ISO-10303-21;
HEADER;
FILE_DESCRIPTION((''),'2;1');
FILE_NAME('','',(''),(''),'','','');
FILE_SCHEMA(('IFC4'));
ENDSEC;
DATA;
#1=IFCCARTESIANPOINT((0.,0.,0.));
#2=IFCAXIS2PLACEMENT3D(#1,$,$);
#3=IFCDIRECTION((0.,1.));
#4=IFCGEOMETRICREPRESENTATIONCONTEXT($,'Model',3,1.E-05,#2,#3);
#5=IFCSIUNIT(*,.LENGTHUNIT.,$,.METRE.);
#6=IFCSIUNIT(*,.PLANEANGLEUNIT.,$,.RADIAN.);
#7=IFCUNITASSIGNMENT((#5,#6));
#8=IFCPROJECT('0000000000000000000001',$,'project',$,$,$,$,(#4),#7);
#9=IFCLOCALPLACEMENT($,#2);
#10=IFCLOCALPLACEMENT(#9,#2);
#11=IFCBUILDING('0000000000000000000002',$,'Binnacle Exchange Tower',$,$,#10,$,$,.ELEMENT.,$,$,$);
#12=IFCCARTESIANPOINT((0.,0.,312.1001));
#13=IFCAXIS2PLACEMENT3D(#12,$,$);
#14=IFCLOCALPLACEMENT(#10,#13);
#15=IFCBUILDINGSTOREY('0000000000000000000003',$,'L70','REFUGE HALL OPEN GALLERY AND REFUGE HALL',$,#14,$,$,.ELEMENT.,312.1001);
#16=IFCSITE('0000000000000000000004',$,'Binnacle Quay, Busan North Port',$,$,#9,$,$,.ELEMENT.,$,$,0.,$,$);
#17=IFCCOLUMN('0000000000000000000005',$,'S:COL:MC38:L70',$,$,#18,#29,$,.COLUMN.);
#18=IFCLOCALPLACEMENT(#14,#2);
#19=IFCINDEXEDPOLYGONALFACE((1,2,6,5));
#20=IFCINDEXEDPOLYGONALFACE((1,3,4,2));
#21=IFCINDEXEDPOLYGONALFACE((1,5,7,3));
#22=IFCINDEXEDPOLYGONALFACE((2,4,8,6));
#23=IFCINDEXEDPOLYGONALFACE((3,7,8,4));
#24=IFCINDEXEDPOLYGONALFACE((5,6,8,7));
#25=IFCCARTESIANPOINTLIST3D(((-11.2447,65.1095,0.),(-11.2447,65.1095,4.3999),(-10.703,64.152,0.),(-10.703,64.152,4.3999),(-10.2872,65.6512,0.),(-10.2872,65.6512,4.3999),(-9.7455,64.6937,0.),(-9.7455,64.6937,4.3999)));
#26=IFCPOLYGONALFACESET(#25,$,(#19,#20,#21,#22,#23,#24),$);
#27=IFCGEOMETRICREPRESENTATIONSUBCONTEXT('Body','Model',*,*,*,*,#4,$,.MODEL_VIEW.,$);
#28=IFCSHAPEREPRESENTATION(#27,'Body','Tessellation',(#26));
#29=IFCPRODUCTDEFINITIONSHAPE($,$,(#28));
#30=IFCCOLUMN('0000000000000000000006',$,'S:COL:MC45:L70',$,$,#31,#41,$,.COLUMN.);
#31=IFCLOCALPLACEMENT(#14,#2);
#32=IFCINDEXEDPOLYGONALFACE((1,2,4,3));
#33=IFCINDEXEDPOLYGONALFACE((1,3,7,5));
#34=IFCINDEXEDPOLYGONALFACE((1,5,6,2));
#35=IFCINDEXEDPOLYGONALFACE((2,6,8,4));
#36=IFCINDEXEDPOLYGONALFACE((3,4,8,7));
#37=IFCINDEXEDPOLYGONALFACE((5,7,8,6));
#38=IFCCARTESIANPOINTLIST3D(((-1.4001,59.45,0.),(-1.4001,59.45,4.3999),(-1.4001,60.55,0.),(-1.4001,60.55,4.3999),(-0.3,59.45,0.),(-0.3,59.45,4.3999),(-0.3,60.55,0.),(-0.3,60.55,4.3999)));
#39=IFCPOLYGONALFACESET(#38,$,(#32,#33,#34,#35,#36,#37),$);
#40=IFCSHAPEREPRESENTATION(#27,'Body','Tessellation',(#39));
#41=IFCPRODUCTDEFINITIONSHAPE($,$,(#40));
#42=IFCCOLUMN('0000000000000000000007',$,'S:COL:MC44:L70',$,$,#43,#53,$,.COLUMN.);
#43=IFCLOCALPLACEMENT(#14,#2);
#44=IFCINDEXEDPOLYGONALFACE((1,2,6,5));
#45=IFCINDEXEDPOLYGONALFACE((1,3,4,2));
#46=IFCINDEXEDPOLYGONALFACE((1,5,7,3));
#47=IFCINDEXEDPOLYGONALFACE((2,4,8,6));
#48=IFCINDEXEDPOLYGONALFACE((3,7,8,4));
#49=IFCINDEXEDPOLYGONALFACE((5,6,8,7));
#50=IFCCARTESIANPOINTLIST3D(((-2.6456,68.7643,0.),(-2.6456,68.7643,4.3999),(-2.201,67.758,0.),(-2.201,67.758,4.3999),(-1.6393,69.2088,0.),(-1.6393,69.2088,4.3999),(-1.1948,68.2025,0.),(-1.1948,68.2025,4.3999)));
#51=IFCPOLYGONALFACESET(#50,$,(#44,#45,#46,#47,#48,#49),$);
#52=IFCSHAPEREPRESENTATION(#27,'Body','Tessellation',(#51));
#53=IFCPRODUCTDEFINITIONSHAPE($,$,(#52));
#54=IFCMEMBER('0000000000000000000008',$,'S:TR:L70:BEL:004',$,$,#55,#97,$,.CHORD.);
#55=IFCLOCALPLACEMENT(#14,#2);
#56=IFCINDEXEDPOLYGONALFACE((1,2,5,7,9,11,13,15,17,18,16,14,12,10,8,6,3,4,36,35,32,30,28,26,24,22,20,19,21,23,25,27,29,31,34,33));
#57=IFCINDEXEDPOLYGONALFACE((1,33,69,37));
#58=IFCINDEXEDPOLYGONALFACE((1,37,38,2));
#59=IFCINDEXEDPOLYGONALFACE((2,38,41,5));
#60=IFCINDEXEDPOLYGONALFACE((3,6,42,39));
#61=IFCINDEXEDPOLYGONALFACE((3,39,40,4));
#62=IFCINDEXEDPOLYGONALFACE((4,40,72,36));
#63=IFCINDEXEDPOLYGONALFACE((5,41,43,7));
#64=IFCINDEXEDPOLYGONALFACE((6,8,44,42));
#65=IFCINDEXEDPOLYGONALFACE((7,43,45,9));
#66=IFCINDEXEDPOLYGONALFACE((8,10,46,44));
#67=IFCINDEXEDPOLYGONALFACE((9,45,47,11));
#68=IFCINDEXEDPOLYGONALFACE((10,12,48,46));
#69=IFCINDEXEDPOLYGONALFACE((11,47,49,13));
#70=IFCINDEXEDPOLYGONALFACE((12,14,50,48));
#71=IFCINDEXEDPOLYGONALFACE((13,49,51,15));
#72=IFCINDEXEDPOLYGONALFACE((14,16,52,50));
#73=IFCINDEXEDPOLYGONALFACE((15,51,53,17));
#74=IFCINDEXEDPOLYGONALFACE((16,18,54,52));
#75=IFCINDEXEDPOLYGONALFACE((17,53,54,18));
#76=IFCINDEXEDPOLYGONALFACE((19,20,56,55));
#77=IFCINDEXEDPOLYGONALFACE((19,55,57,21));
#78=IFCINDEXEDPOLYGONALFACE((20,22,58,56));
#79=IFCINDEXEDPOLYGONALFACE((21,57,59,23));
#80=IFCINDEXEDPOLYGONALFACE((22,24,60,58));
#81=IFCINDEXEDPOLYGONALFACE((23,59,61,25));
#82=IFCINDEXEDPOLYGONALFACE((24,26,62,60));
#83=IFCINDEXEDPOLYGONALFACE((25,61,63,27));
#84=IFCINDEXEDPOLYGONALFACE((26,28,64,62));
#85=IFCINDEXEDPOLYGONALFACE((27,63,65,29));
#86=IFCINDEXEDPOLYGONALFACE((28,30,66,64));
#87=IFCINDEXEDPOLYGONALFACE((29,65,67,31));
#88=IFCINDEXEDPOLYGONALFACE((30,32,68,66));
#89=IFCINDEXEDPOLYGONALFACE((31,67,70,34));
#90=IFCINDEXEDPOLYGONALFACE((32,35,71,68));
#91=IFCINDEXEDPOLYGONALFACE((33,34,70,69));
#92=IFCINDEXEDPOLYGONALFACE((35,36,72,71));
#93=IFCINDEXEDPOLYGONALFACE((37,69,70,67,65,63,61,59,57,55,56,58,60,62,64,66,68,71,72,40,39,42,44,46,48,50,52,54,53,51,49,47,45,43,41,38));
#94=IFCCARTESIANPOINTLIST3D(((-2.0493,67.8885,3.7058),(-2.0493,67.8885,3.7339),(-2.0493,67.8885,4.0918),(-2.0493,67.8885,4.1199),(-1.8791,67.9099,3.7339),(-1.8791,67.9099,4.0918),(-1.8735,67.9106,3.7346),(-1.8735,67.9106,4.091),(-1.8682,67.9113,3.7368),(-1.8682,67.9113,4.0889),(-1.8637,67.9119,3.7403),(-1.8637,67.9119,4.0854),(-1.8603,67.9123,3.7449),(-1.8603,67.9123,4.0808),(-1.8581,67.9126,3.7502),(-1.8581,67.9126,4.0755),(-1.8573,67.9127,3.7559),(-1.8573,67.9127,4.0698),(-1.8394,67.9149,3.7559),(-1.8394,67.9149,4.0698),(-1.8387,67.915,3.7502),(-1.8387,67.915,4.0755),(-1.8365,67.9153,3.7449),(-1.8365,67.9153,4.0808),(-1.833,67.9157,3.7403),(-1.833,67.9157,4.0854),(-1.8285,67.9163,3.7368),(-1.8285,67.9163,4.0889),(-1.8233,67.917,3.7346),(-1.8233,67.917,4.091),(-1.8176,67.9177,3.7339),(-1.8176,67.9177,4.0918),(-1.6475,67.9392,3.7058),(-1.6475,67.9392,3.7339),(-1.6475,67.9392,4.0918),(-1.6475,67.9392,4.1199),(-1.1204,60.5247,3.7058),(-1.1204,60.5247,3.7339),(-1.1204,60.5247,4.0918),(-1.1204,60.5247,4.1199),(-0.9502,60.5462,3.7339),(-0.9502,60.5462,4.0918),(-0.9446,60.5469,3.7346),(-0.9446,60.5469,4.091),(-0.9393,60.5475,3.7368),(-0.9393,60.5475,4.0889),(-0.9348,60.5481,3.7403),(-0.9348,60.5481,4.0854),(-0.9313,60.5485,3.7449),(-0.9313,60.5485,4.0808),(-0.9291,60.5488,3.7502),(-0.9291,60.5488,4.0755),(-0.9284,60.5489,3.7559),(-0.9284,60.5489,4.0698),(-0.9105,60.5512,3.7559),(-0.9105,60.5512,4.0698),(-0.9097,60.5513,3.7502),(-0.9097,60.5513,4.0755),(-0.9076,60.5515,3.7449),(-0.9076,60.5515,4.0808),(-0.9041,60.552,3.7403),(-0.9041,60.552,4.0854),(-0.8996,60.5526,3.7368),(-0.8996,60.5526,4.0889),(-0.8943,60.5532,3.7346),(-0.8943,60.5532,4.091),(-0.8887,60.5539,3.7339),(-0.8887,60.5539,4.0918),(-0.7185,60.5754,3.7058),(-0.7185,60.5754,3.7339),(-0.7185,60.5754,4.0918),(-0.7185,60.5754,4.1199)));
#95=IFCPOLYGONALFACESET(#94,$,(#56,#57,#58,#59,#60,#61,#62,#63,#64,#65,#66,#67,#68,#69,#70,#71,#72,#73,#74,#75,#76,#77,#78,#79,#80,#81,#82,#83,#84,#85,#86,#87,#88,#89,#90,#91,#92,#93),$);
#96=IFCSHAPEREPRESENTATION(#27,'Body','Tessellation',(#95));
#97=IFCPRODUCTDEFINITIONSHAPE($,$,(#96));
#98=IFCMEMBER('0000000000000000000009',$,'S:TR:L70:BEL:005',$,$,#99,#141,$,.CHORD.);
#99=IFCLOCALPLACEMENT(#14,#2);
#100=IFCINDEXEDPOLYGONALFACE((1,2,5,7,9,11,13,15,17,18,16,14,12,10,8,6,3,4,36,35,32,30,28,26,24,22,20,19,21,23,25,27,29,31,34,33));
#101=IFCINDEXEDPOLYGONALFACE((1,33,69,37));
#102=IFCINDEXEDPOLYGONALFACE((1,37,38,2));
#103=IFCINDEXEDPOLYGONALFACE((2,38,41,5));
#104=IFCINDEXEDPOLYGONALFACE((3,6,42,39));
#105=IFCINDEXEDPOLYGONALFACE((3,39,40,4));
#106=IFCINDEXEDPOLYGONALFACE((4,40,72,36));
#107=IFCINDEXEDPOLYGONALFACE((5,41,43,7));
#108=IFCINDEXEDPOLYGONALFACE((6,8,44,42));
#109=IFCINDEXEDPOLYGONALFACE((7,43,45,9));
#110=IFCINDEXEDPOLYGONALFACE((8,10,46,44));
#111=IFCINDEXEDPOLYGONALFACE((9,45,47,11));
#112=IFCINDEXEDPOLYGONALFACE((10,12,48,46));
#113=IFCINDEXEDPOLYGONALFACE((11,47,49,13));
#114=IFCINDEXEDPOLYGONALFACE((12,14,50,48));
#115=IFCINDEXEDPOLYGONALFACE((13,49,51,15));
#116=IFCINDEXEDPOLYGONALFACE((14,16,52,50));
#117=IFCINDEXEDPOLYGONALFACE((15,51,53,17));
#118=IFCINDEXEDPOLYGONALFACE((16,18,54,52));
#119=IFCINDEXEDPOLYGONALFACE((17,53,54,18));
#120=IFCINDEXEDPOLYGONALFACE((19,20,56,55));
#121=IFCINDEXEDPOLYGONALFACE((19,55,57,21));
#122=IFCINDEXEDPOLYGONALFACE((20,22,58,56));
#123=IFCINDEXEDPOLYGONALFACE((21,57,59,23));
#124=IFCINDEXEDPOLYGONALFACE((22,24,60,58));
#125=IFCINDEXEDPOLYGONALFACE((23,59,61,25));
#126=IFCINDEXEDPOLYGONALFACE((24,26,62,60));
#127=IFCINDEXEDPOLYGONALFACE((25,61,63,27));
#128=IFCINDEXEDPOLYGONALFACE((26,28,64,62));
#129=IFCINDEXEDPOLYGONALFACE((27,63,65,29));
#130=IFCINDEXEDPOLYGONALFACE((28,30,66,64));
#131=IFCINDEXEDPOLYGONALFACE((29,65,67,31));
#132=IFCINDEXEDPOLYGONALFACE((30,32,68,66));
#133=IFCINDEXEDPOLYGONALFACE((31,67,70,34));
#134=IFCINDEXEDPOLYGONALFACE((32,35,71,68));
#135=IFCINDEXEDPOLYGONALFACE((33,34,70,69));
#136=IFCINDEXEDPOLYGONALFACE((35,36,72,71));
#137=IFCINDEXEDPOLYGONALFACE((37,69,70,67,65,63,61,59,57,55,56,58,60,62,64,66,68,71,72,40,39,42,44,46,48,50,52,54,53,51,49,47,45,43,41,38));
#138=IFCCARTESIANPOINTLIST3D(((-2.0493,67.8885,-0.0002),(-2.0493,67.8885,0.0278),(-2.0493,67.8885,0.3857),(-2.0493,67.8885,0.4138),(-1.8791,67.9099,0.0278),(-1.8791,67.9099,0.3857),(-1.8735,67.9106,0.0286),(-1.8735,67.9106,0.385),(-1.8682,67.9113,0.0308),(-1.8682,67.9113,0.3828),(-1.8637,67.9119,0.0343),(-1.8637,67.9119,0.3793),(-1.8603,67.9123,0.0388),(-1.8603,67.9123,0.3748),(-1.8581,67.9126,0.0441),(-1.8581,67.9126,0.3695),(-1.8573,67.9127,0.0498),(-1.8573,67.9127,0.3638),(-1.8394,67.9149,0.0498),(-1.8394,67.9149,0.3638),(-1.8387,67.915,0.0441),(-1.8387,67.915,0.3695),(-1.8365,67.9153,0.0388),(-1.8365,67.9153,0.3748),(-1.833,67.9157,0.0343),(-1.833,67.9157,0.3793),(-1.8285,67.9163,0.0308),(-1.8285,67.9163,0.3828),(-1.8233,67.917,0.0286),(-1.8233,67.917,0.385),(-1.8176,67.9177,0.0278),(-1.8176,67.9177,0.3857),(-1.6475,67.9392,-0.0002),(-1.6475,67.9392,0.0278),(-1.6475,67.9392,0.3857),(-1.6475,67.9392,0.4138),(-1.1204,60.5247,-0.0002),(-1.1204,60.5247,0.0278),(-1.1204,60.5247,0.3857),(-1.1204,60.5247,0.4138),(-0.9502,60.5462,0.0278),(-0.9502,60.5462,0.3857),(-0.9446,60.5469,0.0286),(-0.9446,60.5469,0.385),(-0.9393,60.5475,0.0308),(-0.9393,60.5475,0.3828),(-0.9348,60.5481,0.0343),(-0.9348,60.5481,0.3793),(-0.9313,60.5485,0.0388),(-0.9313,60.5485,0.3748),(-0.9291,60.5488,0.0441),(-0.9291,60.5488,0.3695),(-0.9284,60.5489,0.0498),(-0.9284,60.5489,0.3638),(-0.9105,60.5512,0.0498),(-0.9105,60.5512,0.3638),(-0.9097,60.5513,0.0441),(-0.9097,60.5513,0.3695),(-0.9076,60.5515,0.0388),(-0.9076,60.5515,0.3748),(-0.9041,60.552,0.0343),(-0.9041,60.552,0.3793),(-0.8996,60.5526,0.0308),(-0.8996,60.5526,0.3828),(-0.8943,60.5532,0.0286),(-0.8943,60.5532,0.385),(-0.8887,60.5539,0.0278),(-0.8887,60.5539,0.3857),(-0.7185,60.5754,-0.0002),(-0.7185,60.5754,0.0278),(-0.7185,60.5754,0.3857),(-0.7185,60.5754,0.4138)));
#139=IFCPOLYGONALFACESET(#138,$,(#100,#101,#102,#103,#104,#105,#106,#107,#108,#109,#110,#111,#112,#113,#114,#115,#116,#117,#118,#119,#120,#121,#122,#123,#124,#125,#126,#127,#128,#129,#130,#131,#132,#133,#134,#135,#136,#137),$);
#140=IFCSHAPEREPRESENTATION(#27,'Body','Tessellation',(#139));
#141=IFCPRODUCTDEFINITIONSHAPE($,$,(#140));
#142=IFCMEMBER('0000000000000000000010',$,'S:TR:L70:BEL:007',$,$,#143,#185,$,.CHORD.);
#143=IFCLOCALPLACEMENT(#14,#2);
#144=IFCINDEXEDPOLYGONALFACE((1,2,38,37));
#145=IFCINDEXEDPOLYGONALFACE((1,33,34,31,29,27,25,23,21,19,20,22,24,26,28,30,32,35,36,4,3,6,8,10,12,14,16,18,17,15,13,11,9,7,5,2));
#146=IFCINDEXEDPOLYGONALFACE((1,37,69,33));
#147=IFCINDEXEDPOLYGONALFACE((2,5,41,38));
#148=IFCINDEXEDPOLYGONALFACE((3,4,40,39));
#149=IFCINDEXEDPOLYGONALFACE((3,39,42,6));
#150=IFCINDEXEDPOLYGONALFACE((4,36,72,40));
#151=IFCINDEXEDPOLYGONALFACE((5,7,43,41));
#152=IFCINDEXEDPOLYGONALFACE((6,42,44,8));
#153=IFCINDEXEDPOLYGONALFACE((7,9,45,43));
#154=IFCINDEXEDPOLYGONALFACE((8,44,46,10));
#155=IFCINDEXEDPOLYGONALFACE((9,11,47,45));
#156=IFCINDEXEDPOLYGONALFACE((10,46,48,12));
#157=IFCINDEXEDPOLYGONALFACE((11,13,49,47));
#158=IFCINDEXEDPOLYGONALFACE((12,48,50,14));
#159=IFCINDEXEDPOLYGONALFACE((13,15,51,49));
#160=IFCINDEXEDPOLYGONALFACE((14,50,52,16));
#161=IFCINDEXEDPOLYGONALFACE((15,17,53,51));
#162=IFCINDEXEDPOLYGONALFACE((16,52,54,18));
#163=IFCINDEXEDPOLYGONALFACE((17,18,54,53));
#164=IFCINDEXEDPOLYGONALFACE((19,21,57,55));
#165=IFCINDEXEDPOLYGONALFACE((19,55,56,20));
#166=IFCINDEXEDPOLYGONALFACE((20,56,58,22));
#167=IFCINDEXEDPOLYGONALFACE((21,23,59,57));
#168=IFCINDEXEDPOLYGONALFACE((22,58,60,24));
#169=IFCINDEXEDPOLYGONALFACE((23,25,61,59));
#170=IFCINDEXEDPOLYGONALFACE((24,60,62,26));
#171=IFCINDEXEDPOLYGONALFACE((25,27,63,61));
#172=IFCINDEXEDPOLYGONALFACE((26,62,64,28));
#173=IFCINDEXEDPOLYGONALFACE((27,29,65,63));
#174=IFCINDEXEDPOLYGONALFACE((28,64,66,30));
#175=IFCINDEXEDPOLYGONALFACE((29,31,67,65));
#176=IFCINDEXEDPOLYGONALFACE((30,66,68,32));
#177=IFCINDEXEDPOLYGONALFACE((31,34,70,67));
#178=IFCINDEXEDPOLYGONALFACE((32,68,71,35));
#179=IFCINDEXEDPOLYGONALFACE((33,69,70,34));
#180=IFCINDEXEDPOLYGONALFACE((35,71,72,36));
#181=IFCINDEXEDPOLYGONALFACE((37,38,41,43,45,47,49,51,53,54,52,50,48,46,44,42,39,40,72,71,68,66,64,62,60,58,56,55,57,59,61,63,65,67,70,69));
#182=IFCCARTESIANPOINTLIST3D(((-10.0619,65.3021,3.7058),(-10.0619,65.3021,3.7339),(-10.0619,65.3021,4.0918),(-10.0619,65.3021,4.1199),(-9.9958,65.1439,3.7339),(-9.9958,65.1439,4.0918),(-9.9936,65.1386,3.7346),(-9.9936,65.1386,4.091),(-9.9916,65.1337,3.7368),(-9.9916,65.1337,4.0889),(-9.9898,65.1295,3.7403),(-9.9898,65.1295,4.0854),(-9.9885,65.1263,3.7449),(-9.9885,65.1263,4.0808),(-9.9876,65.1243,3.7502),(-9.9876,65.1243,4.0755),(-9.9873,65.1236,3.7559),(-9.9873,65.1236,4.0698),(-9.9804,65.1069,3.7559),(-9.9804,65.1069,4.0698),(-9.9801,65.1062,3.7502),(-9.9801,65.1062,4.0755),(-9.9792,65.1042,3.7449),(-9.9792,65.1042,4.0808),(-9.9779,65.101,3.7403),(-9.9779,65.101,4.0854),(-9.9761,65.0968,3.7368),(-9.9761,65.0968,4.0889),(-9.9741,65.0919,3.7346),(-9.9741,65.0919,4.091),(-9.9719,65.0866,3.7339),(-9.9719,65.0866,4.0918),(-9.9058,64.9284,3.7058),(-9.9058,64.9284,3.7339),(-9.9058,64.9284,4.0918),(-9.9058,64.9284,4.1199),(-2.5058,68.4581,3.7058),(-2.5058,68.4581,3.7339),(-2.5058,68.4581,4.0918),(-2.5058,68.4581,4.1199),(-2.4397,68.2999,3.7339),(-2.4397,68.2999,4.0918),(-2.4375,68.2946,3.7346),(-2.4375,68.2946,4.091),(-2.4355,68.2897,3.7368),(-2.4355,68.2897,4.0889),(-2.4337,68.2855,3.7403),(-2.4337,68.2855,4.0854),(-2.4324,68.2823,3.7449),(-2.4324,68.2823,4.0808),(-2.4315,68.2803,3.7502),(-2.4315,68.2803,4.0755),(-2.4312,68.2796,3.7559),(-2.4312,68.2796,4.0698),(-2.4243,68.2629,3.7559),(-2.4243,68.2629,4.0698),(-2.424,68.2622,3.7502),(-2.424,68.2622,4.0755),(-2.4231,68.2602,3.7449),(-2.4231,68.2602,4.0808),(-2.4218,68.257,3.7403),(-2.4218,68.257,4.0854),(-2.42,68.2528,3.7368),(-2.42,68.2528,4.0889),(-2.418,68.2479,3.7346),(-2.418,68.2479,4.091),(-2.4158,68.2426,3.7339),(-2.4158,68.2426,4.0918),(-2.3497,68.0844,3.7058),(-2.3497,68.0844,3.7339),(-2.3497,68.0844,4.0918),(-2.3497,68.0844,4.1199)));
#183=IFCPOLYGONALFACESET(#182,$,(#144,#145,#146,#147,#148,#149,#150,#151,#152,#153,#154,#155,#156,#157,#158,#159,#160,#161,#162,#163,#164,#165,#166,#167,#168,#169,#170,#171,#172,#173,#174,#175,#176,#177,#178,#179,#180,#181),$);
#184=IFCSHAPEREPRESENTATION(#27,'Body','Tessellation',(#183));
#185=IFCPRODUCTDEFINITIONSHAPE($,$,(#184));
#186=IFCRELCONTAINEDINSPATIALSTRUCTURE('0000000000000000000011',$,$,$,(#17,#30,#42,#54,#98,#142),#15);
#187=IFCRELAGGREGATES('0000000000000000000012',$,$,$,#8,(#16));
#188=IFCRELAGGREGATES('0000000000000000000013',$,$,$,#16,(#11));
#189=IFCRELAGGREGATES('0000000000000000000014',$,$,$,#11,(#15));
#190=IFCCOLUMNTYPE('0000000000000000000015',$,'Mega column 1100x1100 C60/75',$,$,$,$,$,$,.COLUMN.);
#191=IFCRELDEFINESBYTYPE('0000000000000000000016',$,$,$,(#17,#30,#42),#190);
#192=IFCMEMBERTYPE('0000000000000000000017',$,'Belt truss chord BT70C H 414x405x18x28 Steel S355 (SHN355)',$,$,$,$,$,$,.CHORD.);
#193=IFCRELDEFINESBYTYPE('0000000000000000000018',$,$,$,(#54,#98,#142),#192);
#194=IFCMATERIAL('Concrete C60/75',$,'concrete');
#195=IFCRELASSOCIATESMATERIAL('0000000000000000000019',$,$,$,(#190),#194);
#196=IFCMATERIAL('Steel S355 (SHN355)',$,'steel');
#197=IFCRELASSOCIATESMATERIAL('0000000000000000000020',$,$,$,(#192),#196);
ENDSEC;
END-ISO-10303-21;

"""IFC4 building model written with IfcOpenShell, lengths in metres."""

from ifc_helpers import new_model, si_unit, direction, frame, origin, origin_2d, place, context, subcontext, project, spatial, rectangle, i_section, extrude, material, material_profile, profile_set, type_object, element, save


model = new_model("IFC4")

# Units and contexts
model_context = context("Model", 3, precision=1e-05, world=origin(), true_north=direction((0.0, 1.0)))
body_context = subcontext(model_context, "Body", "Model", "MODEL_VIEW")
ifc_project = project(units=[si_unit("LENGTHUNIT", "METRE"), si_unit("PLANEANGLEUNIT", "RADIAN")], contexts=[model_context])

# Site, building, storey
site_placement = place(None, origin())
site = spatial("IfcSite", under=ifc_project, at=site_placement, Name="Binnacle Quay, Busan North Port", CompositionType="ELEMENT", RefElevation=0.0)
building_placement = place(site_placement, origin())
building = spatial("IfcBuilding", under=site, at=building_placement, Name="Binnacle Exchange Tower", CompositionType="ELEMENT")
storey_placement = place(building_placement, frame((0.0, 0.0, 312.1001)))
storey = spatial("IfcBuildingStorey", under=building, at=storey_placement, Name="L70", Description="REFUGE HALL OPEN GALLERY AND REFUGE HALL", CompositionType="ELEMENT", Elevation=312.1001)

# Columns
ifc_material_1 = material(Name="Concrete C60/75", Category="concrete")
ifc_material_profile_1 = material_profile(ifc_material_1, rectangle(XDim=1.1001, YDim=1.1001, at=origin_2d()), Name="Mega column 1100x1100 C60/75")
ifc_profile_set_1 = profile_set([ifc_material_profile_1], Name="Concrete C60/75")
column_type = type_object("IfcColumnType", Name="Mega column 1100x1100 C60/75", PredefinedType="COLUMN", material=ifc_profile_set_1)
for number, where, z_axis, x_axis, name in (
    (1, (-10.4951, 64.9016, 0.0), (0.0, 0.0, 1.0), (-0.870356, -0.492424, 0.0), "S:COL:MC38:L70"),
    (2, (-0.8501, 60.0, 0.0), (0.0, 0.0, 1.0), (0.0, 1.0, 0.0), "S:COL:MC45:L70"),
    (3, (-1.9202, 68.4834, 0.0), (0.0, 0.0, 1.0), (-0.914713, -0.404104, 0.0), "S:COL:MC44:L70"),
):
    element("IfcColumn", number, at=place(storey_placement, frame(where, z_axis=z_axis, x_axis=x_axis)), inside=storey, type_object=column_type, Name=name, PredefinedType="COLUMN", context=body_context, shape_type="SweptSolid", body=[
        extrude(rectangle(XDim=1.1001, YDim=1.1001, at=origin_2d()), origin(), (0.0, 0.0, 1.0), 4.3999),
    ])

# Members
ifc_material_2 = material(Name="Steel S355 (SHN355)", Category="steel")
ifc_material_profile_2 = material_profile(ifc_material_2, i_section(OverallWidth=0.405, OverallDepth=0.4141, WebThickness=0.0181, FlangeThickness=0.0281, FilletRadius=0.022, at=origin_2d()), Name="H 414x405x18x28")
ifc_profile_set_2 = profile_set([ifc_material_profile_2], Name="Steel S355 (SHN355)")
member_type_1 = type_object("IfcMemberType", Name="Belt truss chord BT70C H 414x405x18x28 Steel S355 (SHN355)", PredefinedType="CHORD", material=ifc_profile_set_2)
for number, where, z_axis, x_axis, name in (
    (4, (-0.9194, 60.55, 3.9128), (-0.12516, 0.992137, 0.0), (-0.992137, -0.12516, 0.0), "S:TR:L70:BEL:004"),
    (5, (-0.9194, 60.55, 0.2068), (-0.12516, 0.992137, 0.0), (-0.992137, -0.12516, 0.0), "S:TR:L70:BEL:005"),
):
    element("IfcMember", number, at=place(storey_placement, frame(where, z_axis=z_axis, x_axis=x_axis)), inside=storey, type_object=member_type_1, Name=name, PredefinedType="CHORD", context=body_context, shape_type="SweptSolid", body=[
        extrude(i_section(OverallWidth=0.405, OverallDepth=0.4141, WebThickness=0.0181, FlangeThickness=0.0281, FilletRadius=0.022, at=origin_2d()), origin(), (0.0, 0.0, 1.0), 7.4221),
    ])
for number, where, z_axis, x_axis, name in (
    (6, (-2.4277, 68.2712, 3.9128), (-0.922747, -0.385407, 0.0), (0.385407, -0.922747, 0.0), "S:TR:L70:BEL:007"),
):
    element("IfcMember", number, at=place(storey_placement, frame(where, z_axis=z_axis, x_axis=x_axis)), inside=storey, type_object=member_type_1, Name=name, PredefinedType="CHORD", context=body_context, shape_type="SweptSolid", body=[
        extrude(i_section(OverallWidth=0.405, OverallDepth=0.4141, WebThickness=0.0181, FlangeThickness=0.0281, FilletRadius=0.022, at=origin_2d()), origin(), (0.0, 0.0, 1.0), 8.1887),
    ])

save(model, "model.ifc")
